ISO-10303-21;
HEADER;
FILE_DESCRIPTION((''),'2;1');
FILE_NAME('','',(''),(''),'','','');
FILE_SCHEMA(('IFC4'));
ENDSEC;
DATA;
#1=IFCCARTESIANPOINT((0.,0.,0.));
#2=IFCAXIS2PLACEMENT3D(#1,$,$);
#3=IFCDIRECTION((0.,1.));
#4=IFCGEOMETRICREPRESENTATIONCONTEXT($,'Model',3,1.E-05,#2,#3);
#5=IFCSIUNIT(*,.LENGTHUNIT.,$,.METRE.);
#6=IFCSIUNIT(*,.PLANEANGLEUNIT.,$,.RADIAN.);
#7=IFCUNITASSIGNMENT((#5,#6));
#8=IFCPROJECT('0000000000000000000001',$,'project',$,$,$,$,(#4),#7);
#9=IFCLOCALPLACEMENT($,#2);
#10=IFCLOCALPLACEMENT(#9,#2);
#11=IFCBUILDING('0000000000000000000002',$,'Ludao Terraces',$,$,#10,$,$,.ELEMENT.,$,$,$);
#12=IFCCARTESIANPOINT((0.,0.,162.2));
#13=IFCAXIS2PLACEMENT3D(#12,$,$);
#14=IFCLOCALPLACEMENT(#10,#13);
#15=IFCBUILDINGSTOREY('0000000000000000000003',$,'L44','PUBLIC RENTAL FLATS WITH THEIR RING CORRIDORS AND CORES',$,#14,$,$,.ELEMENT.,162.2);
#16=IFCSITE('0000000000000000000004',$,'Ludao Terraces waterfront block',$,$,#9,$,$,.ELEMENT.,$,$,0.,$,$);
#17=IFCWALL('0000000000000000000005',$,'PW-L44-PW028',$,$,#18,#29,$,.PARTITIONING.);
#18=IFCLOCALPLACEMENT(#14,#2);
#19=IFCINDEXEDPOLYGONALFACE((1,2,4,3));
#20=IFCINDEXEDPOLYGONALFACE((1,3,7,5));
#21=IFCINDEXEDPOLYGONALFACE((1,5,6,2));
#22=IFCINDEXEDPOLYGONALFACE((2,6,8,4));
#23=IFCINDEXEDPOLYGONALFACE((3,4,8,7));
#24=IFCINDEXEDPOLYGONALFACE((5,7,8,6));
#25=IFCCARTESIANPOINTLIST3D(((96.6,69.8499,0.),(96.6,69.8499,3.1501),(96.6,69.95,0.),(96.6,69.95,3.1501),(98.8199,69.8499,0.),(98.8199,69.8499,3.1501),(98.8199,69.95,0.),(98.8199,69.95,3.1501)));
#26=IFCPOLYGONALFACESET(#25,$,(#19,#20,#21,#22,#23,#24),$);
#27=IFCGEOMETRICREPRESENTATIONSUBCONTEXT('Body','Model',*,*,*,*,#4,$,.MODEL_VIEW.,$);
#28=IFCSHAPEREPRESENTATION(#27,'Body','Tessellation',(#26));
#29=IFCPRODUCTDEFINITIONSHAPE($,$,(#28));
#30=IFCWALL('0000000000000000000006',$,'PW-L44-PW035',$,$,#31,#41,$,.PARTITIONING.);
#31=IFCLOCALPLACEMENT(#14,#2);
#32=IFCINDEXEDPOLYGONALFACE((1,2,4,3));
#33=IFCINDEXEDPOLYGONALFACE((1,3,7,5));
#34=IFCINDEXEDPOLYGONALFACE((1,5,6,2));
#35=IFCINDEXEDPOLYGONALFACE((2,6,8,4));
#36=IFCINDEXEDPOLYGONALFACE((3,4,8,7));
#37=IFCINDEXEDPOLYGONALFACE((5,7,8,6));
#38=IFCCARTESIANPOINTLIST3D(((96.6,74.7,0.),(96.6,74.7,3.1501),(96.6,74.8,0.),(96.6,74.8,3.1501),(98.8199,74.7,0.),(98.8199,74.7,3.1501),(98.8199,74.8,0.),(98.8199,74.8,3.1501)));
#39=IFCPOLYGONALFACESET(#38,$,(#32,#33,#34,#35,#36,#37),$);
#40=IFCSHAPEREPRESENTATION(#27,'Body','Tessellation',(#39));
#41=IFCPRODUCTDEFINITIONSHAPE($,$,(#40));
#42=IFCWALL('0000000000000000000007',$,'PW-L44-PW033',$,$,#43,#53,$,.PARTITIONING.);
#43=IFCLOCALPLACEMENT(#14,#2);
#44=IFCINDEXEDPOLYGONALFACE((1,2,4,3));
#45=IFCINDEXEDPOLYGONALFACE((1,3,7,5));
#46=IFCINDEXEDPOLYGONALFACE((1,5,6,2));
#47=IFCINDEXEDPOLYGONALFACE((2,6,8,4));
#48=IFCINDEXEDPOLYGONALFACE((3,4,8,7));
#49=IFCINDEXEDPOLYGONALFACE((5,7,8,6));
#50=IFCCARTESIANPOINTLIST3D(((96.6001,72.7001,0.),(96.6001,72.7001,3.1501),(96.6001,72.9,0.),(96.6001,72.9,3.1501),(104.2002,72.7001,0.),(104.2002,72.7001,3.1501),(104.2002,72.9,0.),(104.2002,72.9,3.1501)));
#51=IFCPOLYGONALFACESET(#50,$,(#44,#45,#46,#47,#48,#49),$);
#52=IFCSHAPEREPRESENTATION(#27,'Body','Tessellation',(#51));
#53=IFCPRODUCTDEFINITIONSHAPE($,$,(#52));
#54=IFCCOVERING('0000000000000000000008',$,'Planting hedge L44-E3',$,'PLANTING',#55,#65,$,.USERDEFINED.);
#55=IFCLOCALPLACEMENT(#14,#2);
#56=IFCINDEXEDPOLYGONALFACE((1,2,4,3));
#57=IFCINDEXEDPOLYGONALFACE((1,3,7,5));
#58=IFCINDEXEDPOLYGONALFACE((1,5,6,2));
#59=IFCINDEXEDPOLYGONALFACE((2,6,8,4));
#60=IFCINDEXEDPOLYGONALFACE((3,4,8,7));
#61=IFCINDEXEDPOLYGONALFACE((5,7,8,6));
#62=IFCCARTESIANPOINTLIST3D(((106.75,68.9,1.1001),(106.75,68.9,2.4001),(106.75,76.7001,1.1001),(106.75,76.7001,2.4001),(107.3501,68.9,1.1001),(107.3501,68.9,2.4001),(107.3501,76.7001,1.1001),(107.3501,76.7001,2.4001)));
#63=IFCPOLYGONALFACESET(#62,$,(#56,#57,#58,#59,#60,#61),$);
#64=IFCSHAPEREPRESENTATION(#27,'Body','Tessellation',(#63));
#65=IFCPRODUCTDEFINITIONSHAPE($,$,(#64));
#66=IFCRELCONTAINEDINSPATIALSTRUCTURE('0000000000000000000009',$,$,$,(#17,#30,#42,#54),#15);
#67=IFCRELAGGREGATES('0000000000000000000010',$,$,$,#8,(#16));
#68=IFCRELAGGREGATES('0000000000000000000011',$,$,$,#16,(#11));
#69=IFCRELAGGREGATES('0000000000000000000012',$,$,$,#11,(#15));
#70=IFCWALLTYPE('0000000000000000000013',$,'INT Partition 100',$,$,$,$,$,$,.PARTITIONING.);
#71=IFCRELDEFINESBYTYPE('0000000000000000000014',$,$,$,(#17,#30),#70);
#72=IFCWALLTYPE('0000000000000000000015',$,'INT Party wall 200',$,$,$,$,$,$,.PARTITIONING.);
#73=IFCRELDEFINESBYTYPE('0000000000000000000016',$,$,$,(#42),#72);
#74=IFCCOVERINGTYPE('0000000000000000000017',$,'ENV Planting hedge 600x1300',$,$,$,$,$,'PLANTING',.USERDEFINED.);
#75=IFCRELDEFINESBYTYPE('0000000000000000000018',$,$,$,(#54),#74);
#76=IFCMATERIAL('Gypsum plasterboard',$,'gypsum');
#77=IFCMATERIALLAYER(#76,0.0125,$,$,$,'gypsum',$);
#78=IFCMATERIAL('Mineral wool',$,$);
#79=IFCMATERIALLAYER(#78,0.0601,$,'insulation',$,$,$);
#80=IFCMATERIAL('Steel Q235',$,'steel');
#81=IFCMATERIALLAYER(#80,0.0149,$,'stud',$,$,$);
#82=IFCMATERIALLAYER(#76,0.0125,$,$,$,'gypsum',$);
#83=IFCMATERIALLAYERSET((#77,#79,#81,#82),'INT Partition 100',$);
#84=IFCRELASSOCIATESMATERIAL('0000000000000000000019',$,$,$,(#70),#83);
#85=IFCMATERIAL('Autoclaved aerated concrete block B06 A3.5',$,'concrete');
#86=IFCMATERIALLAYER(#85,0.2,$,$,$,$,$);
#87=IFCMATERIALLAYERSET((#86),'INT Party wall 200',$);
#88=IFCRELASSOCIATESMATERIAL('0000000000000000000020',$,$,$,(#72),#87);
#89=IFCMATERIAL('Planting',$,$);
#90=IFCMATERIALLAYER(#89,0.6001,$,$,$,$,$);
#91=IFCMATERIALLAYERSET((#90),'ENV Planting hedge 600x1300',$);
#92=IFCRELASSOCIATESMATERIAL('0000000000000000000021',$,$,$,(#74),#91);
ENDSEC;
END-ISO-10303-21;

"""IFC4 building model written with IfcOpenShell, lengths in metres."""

from ifc_helpers import new_model, si_unit, direction, frame, frame_2d, origin, origin_2d, place, context, subcontext, project, spatial, rectangle, extrude, material, layer, layer_set, type_object, element, save


model = new_model("IFC4")

# Units and contexts
model_context = context("Model", 3, precision=1e-05, world=origin(), true_north=direction((0.0, 1.0)))
body_context = subcontext(model_context, "Body", "Model", "MODEL_VIEW")
ifc_project = project(units=[si_unit("LENGTHUNIT", "METRE"), si_unit("PLANEANGLEUNIT", "RADIAN")], contexts=[model_context])

# Site, building, storey
site_placement = place(None, origin())
site = spatial("IfcSite", under=ifc_project, at=site_placement, Name="Ludao Terraces waterfront block", CompositionType="ELEMENT", RefElevation=0.0)
building_placement = place(site_placement, origin())
building = spatial("IfcBuilding", under=site, at=building_placement, Name="Ludao Terraces", CompositionType="ELEMENT")
storey_placement = place(building_placement, frame((0.0, 0.0, 162.2)))
storey = spatial("IfcBuildingStorey", under=building, at=storey_placement, Name="L44", Description="PUBLIC RENTAL FLATS WITH THEIR RING CORRIDORS AND CORES", CompositionType="ELEMENT", Elevation=162.2)

# Shared definitions
ifc_material_1 = material(Name="Mineral wool")

# Walls
ifc_material_2 = material(Name="Gypsum plasterboard", Category="gypsum")
ifc_layer_1 = layer(ifc_material_2, 0.0125, Category="gypsum")
ifc_layer_2 = layer(ifc_material_1, 0.0601, Name="insulation")
ifc_material_3 = material(Name="Steel Q235", Category="steel")
ifc_layer_3 = layer(ifc_material_3, 0.0149, Name="stud")
ifc_layer_4 = layer(ifc_material_2, 0.0125, Category="gypsum")
ifc_layer_set_1 = layer_set([ifc_layer_1, ifc_layer_2, ifc_layer_3, ifc_layer_4], Name="INT Partition 100")
wall_type_1 = type_object("IfcWallType", Name="INT Partition 100", PredefinedType="PARTITIONING", material=ifc_layer_set_1)
for number, where, z_axis, x_axis, name in (
    (1, (96.6001, 69.8999, 0.0), (0.0, 0.0, 1.0), (1.0, 0.0, 0.0), "PW-L44-PW028"),
    (2, (96.6001, 74.75, 0.0), (0.0, 0.0, 1.0), (1.0, 0.0, 0.0), "PW-L44-PW035"),
):
    element("IfcWall", number, at=place(storey_placement, frame(where, z_axis=z_axis, x_axis=x_axis)), inside=storey, type_object=wall_type_1, Name=name, PredefinedType="PARTITIONING", context=body_context, shape_type="SweptSolid", body=[
        extrude(rectangle(XDim=2.22, YDim=0.1001, at=frame_2d((1.1099, 0.0))), origin(), (0.0, 0.0, 1.0), 3.1501),
    ])
ifc_material_4 = material(Name="Autoclaved aerated concrete block B06 A3.5", Category="concrete")
ifc_layer_5 = layer(ifc_material_4, 0.2)
ifc_layer_set_2 = layer_set([ifc_layer_5], Name="INT Party wall 200")
wall_type_2 = type_object("IfcWallType", Name="INT Party wall 200", PredefinedType="PARTITIONING", material=ifc_layer_set_2)
wall_1_placement = place(storey_placement, frame((96.6001, 72.8, 0.0), z_axis=(0.0, 0.0, 1.0), x_axis=(1.0, 0.0, 0.0)))
element("IfcWall", 3, at=wall_1_placement, inside=storey, type_object=wall_type_2, Name="PW-L44-PW033", PredefinedType="PARTITIONING", context=body_context, shape_type="SweptSolid", body=[
    extrude(rectangle(XDim=7.6001, YDim=0.2, at=frame_2d((3.8, 0.0))), origin(), (0.0, 0.0, 1.0), 3.1501),
])

# Covering
ifc_material_5 = material(Name="Planting")
ifc_layer_6 = layer(ifc_material_5, 0.6001)
ifc_layer_set_3 = layer_set([ifc_layer_6], Name="ENV Planting hedge 600x1300")
covering_type = type_object("IfcCoveringType", Name="ENV Planting hedge 600x1300", ElementType="PLANTING", PredefinedType="USERDEFINED", material=ifc_layer_set_3)
covering_placement = place(storey_placement, frame((107.05, 72.8, 1.1001), z_axis=(0.0, 0.0, 1.0), x_axis=(1.0, 0.0, 0.0)))
element("IfcCovering", 4, at=covering_placement, inside=storey, type_object=covering_type, Name="Planting hedge L44-E3", ObjectType="PLANTING", PredefinedType="USERDEFINED", context=body_context, shape_type="SweptSolid", body=[
    extrude(rectangle(XDim=0.6001, YDim=7.8, at=origin_2d()), origin(), (0.0, 0.0, 1.0), 1.3),
])

save(model, "model.ifc")
